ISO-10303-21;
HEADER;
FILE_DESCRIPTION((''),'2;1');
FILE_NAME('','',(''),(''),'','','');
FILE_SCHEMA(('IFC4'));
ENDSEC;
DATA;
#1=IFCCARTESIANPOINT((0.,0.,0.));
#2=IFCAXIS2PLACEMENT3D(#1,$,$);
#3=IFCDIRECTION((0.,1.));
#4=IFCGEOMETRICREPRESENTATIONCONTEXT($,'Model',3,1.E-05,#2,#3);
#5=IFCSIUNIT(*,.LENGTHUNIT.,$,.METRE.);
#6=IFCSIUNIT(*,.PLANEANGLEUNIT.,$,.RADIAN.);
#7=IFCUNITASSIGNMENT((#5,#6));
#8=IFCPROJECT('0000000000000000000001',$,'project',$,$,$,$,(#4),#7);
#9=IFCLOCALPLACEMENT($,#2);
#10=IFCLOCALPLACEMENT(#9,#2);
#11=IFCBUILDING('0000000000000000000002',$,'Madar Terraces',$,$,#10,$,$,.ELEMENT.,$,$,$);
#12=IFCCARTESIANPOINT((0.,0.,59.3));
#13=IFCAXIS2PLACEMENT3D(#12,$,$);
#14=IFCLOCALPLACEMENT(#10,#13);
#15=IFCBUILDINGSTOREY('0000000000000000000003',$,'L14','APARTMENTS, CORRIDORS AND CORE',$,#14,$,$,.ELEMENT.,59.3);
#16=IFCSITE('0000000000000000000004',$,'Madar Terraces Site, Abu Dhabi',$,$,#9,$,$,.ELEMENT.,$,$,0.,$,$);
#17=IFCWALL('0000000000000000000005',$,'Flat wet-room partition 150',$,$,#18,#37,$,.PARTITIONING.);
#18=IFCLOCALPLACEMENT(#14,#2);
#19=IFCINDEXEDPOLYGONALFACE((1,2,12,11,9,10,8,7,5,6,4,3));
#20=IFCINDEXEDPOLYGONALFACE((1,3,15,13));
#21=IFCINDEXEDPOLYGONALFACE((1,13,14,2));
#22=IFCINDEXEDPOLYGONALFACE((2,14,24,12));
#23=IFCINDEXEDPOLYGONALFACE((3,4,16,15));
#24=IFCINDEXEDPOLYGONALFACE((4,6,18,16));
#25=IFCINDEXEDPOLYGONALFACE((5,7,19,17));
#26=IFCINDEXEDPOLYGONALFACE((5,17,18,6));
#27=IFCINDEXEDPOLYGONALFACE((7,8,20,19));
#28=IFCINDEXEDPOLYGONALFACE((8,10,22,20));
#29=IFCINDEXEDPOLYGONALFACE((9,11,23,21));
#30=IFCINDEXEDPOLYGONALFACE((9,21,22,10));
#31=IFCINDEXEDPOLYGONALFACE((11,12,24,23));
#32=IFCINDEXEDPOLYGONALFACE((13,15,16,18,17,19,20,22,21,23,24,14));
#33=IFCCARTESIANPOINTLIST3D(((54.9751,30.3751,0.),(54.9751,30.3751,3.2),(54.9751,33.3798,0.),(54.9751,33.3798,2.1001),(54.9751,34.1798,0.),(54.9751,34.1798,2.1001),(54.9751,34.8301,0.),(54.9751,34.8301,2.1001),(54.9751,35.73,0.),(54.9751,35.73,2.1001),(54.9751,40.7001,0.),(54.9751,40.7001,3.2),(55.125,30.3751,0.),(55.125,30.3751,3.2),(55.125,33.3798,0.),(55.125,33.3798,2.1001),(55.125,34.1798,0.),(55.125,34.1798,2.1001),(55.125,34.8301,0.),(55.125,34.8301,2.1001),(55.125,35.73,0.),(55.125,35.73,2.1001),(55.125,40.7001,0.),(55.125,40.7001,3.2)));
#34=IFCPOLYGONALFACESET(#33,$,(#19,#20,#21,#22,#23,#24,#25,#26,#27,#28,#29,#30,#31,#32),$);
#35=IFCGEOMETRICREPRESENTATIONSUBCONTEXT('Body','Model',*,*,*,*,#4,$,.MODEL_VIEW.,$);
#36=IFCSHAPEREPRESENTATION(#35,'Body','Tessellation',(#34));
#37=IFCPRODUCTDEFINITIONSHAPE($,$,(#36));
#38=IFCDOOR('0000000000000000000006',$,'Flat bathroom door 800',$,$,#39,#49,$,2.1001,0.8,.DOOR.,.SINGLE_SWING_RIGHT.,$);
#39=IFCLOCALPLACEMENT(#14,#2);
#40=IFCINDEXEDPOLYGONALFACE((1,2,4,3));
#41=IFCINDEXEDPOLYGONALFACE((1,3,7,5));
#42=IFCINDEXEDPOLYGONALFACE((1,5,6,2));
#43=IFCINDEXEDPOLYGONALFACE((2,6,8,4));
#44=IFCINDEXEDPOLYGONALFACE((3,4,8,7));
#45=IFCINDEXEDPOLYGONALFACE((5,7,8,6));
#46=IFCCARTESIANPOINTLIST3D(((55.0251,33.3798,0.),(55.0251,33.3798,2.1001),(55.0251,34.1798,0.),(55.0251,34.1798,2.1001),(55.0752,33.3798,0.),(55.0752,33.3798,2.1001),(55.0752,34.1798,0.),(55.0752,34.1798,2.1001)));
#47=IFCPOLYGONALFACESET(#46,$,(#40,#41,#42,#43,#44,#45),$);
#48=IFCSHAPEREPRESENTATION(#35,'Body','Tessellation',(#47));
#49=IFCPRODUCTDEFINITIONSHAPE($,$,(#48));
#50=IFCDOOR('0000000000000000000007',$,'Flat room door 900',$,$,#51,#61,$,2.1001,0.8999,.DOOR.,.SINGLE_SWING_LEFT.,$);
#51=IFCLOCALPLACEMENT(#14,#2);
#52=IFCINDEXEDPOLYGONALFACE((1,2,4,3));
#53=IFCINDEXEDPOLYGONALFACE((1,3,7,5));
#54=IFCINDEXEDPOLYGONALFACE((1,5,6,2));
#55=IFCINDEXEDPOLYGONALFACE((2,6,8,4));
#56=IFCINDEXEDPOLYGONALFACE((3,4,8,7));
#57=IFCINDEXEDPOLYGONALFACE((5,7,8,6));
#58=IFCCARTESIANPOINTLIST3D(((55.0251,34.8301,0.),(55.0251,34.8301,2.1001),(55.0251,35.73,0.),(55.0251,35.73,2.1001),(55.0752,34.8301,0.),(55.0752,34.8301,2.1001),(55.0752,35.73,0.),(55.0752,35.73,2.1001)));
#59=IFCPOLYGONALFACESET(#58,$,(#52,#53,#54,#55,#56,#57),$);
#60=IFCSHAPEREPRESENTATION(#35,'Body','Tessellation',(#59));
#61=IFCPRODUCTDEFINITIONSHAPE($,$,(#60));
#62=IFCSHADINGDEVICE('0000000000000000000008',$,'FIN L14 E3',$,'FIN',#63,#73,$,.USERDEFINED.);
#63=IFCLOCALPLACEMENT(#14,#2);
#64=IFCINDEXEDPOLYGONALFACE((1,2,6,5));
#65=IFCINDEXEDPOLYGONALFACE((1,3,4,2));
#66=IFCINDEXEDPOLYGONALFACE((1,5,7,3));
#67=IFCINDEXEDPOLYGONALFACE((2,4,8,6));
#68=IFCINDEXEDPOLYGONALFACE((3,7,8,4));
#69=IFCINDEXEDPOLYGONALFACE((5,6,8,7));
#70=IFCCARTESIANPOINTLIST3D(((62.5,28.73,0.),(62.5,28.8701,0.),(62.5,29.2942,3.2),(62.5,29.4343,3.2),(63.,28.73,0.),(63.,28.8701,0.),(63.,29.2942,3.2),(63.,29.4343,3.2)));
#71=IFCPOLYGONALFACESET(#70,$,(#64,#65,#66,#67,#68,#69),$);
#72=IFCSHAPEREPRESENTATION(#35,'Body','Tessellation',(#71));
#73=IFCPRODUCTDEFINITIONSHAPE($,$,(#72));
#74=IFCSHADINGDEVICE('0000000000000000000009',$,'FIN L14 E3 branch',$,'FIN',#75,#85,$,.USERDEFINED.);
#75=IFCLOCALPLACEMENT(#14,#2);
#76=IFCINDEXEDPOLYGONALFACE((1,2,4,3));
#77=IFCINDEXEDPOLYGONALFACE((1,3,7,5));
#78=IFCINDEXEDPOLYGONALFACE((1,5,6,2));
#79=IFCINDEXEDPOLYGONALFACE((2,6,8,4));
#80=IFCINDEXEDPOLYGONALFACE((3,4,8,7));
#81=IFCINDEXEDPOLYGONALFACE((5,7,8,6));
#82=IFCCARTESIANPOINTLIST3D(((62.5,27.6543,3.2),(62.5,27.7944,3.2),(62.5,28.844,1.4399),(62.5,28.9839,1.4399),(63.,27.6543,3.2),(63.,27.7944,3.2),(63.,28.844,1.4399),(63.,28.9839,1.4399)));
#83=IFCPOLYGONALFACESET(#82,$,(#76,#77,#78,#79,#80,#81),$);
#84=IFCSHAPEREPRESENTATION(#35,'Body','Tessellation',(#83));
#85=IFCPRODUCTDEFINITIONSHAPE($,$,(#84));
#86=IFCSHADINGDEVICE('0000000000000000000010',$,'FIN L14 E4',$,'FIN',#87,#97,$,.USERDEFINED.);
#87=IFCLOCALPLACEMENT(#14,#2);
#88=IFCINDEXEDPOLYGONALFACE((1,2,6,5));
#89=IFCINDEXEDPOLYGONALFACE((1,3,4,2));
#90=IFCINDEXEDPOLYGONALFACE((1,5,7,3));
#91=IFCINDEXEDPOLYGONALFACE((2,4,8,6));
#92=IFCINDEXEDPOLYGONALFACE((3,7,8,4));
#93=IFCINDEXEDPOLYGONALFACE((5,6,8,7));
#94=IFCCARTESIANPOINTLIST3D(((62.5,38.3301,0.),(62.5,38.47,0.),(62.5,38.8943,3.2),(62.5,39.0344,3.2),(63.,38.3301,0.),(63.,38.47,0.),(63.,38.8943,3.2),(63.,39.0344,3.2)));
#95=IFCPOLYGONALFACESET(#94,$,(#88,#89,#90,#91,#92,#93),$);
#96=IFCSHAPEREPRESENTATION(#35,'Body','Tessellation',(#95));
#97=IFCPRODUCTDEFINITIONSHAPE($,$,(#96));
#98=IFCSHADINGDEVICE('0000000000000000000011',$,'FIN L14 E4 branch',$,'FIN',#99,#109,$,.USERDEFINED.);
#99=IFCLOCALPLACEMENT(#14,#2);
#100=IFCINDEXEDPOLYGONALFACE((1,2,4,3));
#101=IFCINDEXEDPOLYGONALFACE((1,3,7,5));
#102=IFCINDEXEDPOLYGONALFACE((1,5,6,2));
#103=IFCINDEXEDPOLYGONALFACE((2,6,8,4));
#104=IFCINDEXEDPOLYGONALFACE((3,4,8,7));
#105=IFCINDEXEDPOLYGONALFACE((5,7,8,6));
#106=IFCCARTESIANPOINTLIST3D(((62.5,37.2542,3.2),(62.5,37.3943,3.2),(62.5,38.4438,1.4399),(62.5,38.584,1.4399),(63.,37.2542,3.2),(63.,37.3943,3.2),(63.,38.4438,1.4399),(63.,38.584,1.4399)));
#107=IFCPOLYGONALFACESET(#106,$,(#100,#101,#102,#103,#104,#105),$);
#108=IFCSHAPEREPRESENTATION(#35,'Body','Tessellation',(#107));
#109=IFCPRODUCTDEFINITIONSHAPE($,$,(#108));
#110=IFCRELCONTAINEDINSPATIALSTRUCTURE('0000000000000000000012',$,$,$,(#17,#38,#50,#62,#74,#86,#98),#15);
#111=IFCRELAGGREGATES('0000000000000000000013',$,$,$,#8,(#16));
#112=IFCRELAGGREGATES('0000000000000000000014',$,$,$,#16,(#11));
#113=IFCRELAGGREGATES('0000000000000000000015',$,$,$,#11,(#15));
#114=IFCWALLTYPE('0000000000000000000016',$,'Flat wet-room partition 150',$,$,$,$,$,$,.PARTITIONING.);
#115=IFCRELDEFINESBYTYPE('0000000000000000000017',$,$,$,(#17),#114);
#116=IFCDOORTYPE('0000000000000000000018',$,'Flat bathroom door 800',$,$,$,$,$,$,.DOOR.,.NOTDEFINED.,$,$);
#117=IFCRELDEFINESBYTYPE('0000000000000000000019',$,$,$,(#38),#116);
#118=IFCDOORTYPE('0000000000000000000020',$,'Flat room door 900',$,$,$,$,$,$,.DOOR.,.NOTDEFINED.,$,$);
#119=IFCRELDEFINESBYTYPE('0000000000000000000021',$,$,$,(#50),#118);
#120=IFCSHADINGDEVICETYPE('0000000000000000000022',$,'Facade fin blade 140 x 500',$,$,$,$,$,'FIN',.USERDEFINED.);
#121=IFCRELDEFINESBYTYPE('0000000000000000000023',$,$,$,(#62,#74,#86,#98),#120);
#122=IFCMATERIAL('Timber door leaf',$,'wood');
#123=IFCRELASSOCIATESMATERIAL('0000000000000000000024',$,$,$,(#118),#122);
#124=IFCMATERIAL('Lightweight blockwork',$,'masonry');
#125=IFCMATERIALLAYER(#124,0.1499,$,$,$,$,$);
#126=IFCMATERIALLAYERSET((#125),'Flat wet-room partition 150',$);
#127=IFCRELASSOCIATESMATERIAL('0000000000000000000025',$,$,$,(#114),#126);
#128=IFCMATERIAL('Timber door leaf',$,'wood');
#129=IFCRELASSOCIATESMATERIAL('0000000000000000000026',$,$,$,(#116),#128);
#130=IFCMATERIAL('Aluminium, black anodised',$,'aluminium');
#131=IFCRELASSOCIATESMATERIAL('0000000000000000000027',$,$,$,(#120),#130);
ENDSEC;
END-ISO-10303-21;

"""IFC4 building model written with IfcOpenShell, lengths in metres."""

from ifc_helpers import new_model, si_unit, direction, frame, frame_2d, origin, place, context, subcontext, project, spatial, polyline, rectangle, outline, extrude, material, layer, layer_set, type_object, element, fill, save


model = new_model("IFC4")

# Units and contexts
model_context = context("Model", 3, precision=1e-05, world=origin(), true_north=direction((0.0, 1.0)))
body_context = subcontext(model_context, "Body", "Model", "MODEL_VIEW")
ifc_project = project(units=[si_unit("LENGTHUNIT", "METRE"), si_unit("PLANEANGLEUNIT", "RADIAN")], contexts=[model_context])

# Site, building, storey
site_placement = place(None, origin())
site = spatial("IfcSite", under=ifc_project, at=site_placement, Name="Madar Terraces Site, Abu Dhabi", CompositionType="ELEMENT", RefElevation=0.0)
building_placement = place(site_placement, origin())
building = spatial("IfcBuilding", under=site, at=building_placement, Name="Madar Terraces", CompositionType="ELEMENT")
storey_placement = place(building_placement, frame((0.0, 0.0, 59.3)))
storey = spatial("IfcBuildingStorey", under=building, at=storey_placement, Name="L14", Description="APARTMENTS, CORRIDORS AND CORE", CompositionType="ELEMENT", Elevation=59.3)

# Shared definitions
ifc_material_1 = material(Name="Timber door leaf", Category="wood")
door_type_1 = type_object("IfcDoorType", Name="Flat room door 900", OperationType="NOTDEFINED", PredefinedType="DOOR", material=ifc_material_1)

# Shared definitions
ifc_material_2 = material(Name="Lightweight blockwork", Category="masonry")
ifc_layer_1 = layer(ifc_material_2, 0.1499)
ifc_layer_set_1 = layer_set([ifc_layer_1], Name="Flat wet-room partition 150")
wall_type_1 = type_object("IfcWallType", Name="Flat wet-room partition 150", PredefinedType="PARTITIONING", material=ifc_layer_set_1)

# Wall, openings, doors
wall_1_placement = place(storey_placement, frame((55.05, 30.375, 0.0), z_axis=(0.0, 0.0, 1.0), x_axis=(0.0, 1.0, 0.0)))
wall_1 = element("IfcWall", 1, at=wall_1_placement, inside=storey, type_object=wall_type_1, Name="Flat wet-room partition 150", PredefinedType="PARTITIONING", context=body_context, shape_type="SweptSolid", body=[
    extrude(rectangle(XDim=10.325, YDim=0.1499, at=frame_2d((5.1626, 0.0))), origin(), (0.0, 0.0, 1.0), 3.2),
])
opening_1_placement = place(wall_1_placement, frame((3.0049, 0.0, 0.0)))
opening_1 = element("IfcOpeningElement", 2, at=opening_1_placement, cuts=wall_1, PredefinedType="OPENING", context=body_context, shape_type="SweptSolid", body=[
    extrude(rectangle(XDim=0.8, YDim=2.1001, at=frame_2d((0.3999, 1.05))), frame((0.0, 0.085, 0.0), z_axis=(0.0, -1.0, 0.0), x_axis=(1.0, 0.0, 0.0)), (0.0, 0.0, 1.0), 0.1699),
])
opening_2_placement = place(wall_1_placement, frame((4.4551, 0.0, 0.0)))
opening_2 = element("IfcOpeningElement", 3, at=opening_2_placement, cuts=wall_1, PredefinedType="OPENING", context=body_context, shape_type="SweptSolid", body=[
    extrude(rectangle(XDim=0.8999, YDim=2.1001, at=frame_2d((0.45, 1.05))), frame((0.0, 0.085, 0.0), z_axis=(0.0, -1.0, 0.0), x_axis=(1.0, 0.0, 0.0)), (0.0, 0.0, 1.0), 0.1699),
])
ifc_material_3 = material(Name="Timber door leaf", Category="wood")
door_type_2 = type_object("IfcDoorType", Name="Flat bathroom door 800", OperationType="NOTDEFINED", PredefinedType="DOOR", material=ifc_material_3)
door_1_placement = place(opening_1_placement, origin())
door_1 = element("IfcDoor", 4, at=door_1_placement, inside=storey, type_object=door_type_2, Name="Flat bathroom door 800", OperationType="SINGLE_SWING_RIGHT", OverallHeight=2.1001, OverallWidth=0.8, PredefinedType="DOOR", context=body_context, shape_type="SweptSolid", body=[
    extrude(rectangle(XDim=0.8, YDim=2.1001, at=frame_2d((0.3999, 1.05))), frame((0.0, 0.0249, 0.0), z_axis=(0.0, -1.0, 0.0), x_axis=(1.0, 0.0, 0.0)), (0.0, 0.0, 1.0), 0.05),
])
fill(opening_1, door_1)
door_2_placement = place(opening_2_placement, origin())
door_2 = element("IfcDoor", 5, at=door_2_placement, inside=storey, type_object=door_type_1, Name="Flat room door 900", OperationType="SINGLE_SWING_LEFT", OverallHeight=2.1001, OverallWidth=0.8999, PredefinedType="DOOR", context=body_context, shape_type="SweptSolid", body=[
    extrude(rectangle(XDim=0.8999, YDim=2.1001, at=frame_2d((0.45, 1.05))), frame((0.0, 0.0249, 0.0), z_axis=(0.0, -1.0, 0.0), x_axis=(1.0, 0.0, 0.0)), (0.0, 0.0, 1.0), 0.05),
])
fill(opening_2, door_2)

# Shading devices
ifc_material_4 = material(Name="Aluminium, black anodised", Category="aluminium")
shading_device_type = type_object("IfcShadingDeviceType", Name="Facade fin blade 140 x 500", ElementType="FIN", PredefinedType="USERDEFINED", material=ifc_material_4)
shading_device_1_placement = place(storey_placement, frame((62.75, 28.73, 0.0), z_axis=(0.0, 0.0, 1.0), x_axis=(0.0, 1.0, 0.0)))
element("IfcShadingDevice", 6, at=shading_device_1_placement, inside=storey, type_object=shading_device_type, Name="FIN L14 E3", ObjectType="FIN", PredefinedType="USERDEFINED", context=body_context, shape_type="SweptSolid", body=[
    extrude(outline(polyline([(0.0, 0.0), (0.1401, 0.0), (0.7043, 3.2), (0.5642, 3.2), (0.0, 0.0)])), frame((0.0, 0.25, 0.0), z_axis=(0.0, -1.0, 0.0), x_axis=(1.0, 0.0, 0.0)), (0.0, 0.0, 1.0), 0.5),
])
shading_device_2_placement = place(storey_placement, frame((62.75, 28.844, 1.4399), z_axis=(0.0, 0.0, 1.0), x_axis=(0.0, 1.0, 0.0)))
element("IfcShadingDevice", 7, at=shading_device_2_placement, inside=storey, type_object=shading_device_type, Name="FIN L14 E3 branch", ObjectType="FIN", PredefinedType="USERDEFINED", context=body_context, shape_type="SweptSolid", body=[
    extrude(outline(polyline([(0.0, 0.0), (0.1399, 0.0), (-1.0496, 1.76), (-1.1897, 1.76), (0.0, 0.0)])), frame((0.0, 0.25, 0.0), z_axis=(0.0, -1.0, 0.0), x_axis=(1.0, 0.0, 0.0)), (0.0, 0.0, 1.0), 0.5),
])
shading_device_3_placement = place(storey_placement, frame((62.75, 38.3301, 0.0), z_axis=(0.0, 0.0, 1.0), x_axis=(0.0, 1.0, 0.0)))
element("IfcShadingDevice", 8, at=shading_device_3_placement, inside=storey, type_object=shading_device_type, Name="FIN L14 E4", ObjectType="FIN", PredefinedType="USERDEFINED", context=body_context, shape_type="SweptSolid", body=[
    extrude(outline(polyline([(0.0, 0.0), (0.1399, 0.0), (0.7043, 3.2), (0.5642, 3.2), (0.0, 0.0)])), frame((0.0, 0.25, 0.0), z_axis=(0.0, -1.0, 0.0), x_axis=(1.0, 0.0, 0.0)), (0.0, 0.0, 1.0), 0.5),
])
shading_device_4_placement = place(storey_placement, frame((62.75, 38.4438, 1.4399), z_axis=(0.0, 0.0, 1.0), x_axis=(0.0, 1.0, 0.0)))
element("IfcShadingDevice", 9, at=shading_device_4_placement, inside=storey, type_object=shading_device_type, Name="FIN L14 E4 branch", ObjectType="FIN", PredefinedType="USERDEFINED", context=body_context, shape_type="SweptSolid", body=[
    extrude(outline(polyline([(0.0, 0.0), (0.1401, 0.0), (-1.0496, 1.76), (-1.1897, 1.76), (0.0, 0.0)])), frame((0.0, 0.25, 0.0), z_axis=(0.0, -1.0, 0.0), x_axis=(1.0, 0.0, 0.0)), (0.0, 0.0, 1.0), 0.5),
])

save(model, "model.ifc")
